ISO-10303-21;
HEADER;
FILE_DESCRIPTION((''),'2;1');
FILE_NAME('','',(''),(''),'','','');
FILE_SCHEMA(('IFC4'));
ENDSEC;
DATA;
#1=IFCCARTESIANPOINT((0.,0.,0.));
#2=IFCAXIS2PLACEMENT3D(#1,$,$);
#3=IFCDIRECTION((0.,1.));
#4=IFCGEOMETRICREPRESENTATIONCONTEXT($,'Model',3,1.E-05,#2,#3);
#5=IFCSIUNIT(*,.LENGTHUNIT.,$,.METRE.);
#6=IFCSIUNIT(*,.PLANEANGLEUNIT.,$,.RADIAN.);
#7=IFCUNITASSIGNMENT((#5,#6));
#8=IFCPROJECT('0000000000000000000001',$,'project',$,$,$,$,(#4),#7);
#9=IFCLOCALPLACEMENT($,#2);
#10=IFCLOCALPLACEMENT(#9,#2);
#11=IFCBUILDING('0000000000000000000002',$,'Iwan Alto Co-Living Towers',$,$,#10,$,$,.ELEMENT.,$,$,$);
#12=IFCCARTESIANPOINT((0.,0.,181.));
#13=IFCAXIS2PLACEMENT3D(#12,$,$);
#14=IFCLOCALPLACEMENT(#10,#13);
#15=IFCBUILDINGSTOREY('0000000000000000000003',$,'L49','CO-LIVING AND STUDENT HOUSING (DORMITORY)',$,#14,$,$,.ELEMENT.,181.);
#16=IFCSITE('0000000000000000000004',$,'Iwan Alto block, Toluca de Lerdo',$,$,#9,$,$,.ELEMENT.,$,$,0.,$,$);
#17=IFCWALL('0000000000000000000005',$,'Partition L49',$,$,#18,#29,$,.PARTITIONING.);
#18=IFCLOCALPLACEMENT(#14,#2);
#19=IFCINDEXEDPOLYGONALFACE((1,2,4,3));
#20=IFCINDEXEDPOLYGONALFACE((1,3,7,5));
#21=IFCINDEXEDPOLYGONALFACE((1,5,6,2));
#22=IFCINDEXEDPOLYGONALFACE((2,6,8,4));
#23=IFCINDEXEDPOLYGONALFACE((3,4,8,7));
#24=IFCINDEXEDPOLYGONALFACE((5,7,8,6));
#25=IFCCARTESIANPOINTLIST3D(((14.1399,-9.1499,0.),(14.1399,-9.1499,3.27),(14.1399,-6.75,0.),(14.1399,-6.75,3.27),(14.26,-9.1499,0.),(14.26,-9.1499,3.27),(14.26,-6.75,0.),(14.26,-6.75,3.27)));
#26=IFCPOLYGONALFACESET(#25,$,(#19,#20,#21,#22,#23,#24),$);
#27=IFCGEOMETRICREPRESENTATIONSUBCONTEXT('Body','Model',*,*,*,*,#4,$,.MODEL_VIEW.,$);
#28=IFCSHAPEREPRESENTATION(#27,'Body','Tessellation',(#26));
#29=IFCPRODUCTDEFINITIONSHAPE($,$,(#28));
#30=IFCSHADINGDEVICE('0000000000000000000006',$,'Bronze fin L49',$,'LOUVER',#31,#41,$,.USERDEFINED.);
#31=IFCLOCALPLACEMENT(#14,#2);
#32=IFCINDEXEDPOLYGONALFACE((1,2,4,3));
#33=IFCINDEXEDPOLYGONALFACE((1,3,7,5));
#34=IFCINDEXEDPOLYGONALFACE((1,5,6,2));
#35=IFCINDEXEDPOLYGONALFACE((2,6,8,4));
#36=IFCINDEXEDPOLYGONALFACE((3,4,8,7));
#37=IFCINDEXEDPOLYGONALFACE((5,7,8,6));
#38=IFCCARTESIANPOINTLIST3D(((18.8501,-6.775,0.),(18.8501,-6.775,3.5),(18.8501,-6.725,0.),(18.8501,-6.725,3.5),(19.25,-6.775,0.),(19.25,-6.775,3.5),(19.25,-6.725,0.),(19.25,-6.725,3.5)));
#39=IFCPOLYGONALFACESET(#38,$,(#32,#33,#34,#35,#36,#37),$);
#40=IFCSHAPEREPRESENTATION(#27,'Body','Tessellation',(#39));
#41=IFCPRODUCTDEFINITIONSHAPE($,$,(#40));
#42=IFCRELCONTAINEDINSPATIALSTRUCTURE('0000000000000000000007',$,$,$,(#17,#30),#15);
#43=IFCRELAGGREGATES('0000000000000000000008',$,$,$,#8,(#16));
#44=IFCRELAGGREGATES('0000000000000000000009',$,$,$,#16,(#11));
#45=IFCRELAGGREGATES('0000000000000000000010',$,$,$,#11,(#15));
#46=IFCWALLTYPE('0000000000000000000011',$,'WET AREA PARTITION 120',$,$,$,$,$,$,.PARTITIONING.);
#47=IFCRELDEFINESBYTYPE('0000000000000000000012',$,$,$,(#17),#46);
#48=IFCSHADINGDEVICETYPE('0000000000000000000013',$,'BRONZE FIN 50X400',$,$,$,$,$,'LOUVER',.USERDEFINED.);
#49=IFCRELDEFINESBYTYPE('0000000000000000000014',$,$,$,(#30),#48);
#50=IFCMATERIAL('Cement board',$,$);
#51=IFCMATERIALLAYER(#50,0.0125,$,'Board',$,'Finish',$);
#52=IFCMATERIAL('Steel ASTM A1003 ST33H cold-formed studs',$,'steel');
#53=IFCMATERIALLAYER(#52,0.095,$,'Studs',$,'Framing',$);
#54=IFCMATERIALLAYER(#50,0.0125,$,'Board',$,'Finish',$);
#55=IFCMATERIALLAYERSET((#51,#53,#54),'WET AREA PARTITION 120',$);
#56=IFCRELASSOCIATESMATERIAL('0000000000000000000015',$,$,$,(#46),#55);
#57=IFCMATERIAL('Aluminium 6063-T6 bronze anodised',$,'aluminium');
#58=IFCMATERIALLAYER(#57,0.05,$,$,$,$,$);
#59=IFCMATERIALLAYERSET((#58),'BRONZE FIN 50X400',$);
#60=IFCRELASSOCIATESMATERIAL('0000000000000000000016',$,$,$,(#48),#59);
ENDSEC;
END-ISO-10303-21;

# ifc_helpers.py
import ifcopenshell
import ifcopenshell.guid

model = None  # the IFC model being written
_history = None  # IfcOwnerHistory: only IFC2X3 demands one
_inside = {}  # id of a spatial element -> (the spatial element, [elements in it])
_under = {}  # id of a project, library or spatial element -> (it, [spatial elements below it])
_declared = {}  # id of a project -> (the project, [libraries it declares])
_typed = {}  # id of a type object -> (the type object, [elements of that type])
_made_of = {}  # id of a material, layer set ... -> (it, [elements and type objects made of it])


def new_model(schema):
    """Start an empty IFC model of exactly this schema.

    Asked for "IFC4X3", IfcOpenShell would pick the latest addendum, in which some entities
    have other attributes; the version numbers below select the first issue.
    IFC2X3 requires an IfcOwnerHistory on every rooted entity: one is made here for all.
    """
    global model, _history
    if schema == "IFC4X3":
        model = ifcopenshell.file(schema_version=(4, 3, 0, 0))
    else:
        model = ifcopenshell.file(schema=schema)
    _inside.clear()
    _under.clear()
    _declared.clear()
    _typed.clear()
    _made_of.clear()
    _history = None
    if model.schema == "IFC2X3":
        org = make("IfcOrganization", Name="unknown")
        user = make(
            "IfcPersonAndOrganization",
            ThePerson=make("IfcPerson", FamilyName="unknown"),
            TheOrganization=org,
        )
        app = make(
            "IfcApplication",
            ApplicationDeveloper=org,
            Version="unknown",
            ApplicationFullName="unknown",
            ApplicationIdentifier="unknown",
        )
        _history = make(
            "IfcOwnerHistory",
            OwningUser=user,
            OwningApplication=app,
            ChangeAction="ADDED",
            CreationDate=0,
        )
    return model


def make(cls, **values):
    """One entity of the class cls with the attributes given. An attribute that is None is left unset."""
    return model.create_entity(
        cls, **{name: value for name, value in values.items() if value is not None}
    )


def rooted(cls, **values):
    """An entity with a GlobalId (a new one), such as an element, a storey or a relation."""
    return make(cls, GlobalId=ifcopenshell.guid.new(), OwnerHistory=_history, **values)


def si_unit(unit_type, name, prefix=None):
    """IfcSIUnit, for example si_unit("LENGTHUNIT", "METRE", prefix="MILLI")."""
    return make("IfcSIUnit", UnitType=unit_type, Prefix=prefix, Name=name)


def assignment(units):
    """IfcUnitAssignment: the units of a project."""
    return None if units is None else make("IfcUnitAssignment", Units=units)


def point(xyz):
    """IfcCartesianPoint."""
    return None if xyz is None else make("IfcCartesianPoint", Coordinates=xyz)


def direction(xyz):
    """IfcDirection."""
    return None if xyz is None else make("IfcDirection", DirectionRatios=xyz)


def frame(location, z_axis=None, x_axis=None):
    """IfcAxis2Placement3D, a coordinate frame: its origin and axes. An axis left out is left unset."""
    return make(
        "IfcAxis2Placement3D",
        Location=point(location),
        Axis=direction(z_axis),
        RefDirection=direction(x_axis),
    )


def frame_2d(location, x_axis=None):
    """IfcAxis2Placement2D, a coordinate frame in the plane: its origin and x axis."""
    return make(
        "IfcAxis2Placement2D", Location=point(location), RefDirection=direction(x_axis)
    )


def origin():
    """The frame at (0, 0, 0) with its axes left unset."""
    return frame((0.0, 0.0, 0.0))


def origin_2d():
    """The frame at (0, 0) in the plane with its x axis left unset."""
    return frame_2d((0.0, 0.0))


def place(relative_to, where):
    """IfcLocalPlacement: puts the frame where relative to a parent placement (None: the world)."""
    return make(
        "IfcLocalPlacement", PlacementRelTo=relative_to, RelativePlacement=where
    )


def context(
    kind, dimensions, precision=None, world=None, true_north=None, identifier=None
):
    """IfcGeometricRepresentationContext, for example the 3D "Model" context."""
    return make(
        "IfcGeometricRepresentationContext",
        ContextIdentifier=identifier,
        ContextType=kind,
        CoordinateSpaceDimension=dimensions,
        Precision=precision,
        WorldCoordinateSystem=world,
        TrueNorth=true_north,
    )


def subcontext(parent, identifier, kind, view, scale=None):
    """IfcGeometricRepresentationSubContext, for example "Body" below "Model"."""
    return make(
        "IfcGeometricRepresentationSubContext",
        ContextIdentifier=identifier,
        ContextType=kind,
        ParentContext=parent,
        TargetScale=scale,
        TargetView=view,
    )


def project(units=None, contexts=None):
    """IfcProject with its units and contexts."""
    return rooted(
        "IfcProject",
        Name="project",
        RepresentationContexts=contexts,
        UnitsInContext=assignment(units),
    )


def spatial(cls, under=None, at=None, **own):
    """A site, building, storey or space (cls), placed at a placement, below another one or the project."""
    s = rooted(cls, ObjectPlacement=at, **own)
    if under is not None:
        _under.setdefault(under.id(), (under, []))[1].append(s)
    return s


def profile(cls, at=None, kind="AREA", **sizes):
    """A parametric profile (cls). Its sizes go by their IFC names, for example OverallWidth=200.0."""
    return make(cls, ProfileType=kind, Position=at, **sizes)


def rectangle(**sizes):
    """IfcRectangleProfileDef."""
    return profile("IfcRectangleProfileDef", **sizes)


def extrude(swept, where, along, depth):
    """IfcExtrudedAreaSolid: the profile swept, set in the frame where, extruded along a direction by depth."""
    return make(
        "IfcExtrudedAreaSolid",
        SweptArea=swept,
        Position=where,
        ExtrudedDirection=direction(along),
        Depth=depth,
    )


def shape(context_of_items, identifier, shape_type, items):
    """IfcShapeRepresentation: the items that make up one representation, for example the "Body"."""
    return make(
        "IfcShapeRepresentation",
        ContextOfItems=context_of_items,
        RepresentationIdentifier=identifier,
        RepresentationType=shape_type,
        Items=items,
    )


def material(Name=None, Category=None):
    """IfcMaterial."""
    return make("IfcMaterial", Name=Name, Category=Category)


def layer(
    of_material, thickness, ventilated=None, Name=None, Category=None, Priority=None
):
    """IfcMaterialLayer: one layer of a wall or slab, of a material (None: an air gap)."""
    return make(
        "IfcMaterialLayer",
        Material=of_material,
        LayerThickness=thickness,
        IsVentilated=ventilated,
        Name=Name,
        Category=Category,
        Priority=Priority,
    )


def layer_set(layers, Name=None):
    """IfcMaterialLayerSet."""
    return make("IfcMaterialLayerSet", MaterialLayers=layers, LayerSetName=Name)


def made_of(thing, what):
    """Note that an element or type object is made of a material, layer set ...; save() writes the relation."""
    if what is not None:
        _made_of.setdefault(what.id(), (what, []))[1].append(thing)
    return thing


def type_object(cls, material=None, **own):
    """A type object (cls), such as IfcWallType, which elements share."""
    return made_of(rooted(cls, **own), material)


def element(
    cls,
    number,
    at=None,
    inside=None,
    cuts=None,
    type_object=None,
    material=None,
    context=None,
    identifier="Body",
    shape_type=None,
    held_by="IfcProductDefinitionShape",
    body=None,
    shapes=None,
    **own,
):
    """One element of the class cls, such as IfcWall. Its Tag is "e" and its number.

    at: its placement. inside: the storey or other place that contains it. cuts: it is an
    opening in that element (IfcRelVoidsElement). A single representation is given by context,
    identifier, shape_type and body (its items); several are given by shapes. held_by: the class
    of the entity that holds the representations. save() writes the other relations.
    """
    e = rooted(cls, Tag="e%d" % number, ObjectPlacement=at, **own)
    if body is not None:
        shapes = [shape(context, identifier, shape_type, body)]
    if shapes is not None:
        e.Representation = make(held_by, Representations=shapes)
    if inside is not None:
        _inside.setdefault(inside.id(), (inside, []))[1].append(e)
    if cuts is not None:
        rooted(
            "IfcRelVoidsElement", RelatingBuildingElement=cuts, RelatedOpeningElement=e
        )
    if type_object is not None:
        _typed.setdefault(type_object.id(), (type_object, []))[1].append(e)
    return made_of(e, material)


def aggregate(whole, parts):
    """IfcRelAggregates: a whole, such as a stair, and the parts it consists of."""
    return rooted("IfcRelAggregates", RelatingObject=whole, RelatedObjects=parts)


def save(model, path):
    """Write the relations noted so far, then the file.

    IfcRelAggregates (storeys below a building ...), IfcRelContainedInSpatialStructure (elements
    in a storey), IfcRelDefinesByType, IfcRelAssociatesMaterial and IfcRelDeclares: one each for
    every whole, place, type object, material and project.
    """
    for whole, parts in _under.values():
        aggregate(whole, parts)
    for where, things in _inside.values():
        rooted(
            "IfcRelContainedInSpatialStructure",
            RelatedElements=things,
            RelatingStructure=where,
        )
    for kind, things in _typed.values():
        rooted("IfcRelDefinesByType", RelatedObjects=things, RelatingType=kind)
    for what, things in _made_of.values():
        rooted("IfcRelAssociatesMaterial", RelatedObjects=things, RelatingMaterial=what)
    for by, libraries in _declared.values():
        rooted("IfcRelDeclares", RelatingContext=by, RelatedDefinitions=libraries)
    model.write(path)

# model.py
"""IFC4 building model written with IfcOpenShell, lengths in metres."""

from ifc_helpers import new_model, si_unit, direction, frame, frame_2d, origin, origin_2d, place, context, subcontext, project, spatial, rectangle, extrude, material, layer, layer_set, type_object, element, save


model = new_model("IFC4")

# Units and contexts
model_context = context("Model", 3, precision=1e-05, world=origin(), true_north=direction((0.0, 1.0)))
body_context = subcontext(model_context, "Body", "Model", "MODEL_VIEW")
ifc_project = project(units=[si_unit("LENGTHUNIT", "METRE"), si_unit("PLANEANGLEUNIT", "RADIAN")], contexts=[model_context])

# Site, building, storey
site_placement = place(None, origin())
site = spatial("IfcSite", under=ifc_project, at=site_placement, Name="Iwan Alto block, Toluca de Lerdo", CompositionType="ELEMENT", RefElevation=0.0)
building_placement = place(site_placement, origin())
building = spatial("IfcBuilding", under=site, at=building_placement, Name="Iwan Alto Co-Living Towers", CompositionType="ELEMENT")
storey_placement = place(building_placement, frame((0.0, 0.0, 181.0)))
storey = spatial("IfcBuildingStorey", under=building, at=storey_placement, Name="L49", Description="CO-LIVING AND STUDENT HOUSING (DORMITORY)", CompositionType="ELEMENT", Elevation=181.0)

# Shared definitions
ifc_material_1 = material(Name="Steel ASTM A1003 ST33H cold-formed studs", Category="steel")

# Wall
ifc_material_2 = material(Name="Cement board")
ifc_layer_1 = layer(ifc_material_2, 0.0125, Name="Board", Category="Finish")
ifc_layer_2 = layer(ifc_material_1, 0.095, Name="Studs", Category="Framing")
ifc_layer_3 = layer(ifc_material_2, 0.0125, Name="Board", Category="Finish")
ifc_layer_set_1 = layer_set([ifc_layer_1, ifc_layer_2, ifc_layer_3], Name="WET AREA PARTITION 120")
wall_type_1 = type_object("IfcWallType", Name="WET AREA PARTITION 120", PredefinedType="PARTITIONING", material=ifc_layer_set_1)
wall_1_placement = place(storey_placement, frame((14.2, -9.1499, 0.0), z_axis=(0.0, 0.0, 1.0), x_axis=(0.0, 1.0, 0.0)))
element("IfcWall", 1, at=wall_1_placement, inside=storey, type_object=wall_type_1, Name="Partition L49", PredefinedType="PARTITIONING", context=body_context, shape_type="SweptSolid", body=[
    extrude(rectangle(XDim=2.3999, YDim=0.1201, at=frame_2d((1.2, 0.0))), origin(), (0.0, 0.0, 1.0), 3.27),
])

# Shading device
ifc_material_3 = material(Name="Aluminium 6063-T6 bronze anodised", Category="aluminium")
ifc_layer_4 = layer(ifc_material_3, 0.05)
ifc_layer_set_2 = layer_set([ifc_layer_4], Name="BRONZE FIN 50X400")
shading_device_type = type_object("IfcShadingDeviceType", Name="BRONZE FIN 50X400", ElementType="LOUVER", PredefinedType="USERDEFINED", material=ifc_layer_set_2)
shading_device_placement = place(storey_placement, frame((19.05, -6.75, 0.0), z_axis=(0.0, 0.0, 1.0), x_axis=(0.0, 1.0, 0.0)))
element("IfcShadingDevice", 2, at=shading_device_placement, inside=storey, type_object=shading_device_type, Name="Bronze fin L49", ObjectType="LOUVER", PredefinedType="USERDEFINED", context=body_context, shape_type="SweptSolid", body=[
    extrude(rectangle(XDim=0.05, YDim=0.3999, at=origin_2d()), origin(), (0.0, 0.0, 1.0), 3.5),
])

save(model, "model.ifc")
